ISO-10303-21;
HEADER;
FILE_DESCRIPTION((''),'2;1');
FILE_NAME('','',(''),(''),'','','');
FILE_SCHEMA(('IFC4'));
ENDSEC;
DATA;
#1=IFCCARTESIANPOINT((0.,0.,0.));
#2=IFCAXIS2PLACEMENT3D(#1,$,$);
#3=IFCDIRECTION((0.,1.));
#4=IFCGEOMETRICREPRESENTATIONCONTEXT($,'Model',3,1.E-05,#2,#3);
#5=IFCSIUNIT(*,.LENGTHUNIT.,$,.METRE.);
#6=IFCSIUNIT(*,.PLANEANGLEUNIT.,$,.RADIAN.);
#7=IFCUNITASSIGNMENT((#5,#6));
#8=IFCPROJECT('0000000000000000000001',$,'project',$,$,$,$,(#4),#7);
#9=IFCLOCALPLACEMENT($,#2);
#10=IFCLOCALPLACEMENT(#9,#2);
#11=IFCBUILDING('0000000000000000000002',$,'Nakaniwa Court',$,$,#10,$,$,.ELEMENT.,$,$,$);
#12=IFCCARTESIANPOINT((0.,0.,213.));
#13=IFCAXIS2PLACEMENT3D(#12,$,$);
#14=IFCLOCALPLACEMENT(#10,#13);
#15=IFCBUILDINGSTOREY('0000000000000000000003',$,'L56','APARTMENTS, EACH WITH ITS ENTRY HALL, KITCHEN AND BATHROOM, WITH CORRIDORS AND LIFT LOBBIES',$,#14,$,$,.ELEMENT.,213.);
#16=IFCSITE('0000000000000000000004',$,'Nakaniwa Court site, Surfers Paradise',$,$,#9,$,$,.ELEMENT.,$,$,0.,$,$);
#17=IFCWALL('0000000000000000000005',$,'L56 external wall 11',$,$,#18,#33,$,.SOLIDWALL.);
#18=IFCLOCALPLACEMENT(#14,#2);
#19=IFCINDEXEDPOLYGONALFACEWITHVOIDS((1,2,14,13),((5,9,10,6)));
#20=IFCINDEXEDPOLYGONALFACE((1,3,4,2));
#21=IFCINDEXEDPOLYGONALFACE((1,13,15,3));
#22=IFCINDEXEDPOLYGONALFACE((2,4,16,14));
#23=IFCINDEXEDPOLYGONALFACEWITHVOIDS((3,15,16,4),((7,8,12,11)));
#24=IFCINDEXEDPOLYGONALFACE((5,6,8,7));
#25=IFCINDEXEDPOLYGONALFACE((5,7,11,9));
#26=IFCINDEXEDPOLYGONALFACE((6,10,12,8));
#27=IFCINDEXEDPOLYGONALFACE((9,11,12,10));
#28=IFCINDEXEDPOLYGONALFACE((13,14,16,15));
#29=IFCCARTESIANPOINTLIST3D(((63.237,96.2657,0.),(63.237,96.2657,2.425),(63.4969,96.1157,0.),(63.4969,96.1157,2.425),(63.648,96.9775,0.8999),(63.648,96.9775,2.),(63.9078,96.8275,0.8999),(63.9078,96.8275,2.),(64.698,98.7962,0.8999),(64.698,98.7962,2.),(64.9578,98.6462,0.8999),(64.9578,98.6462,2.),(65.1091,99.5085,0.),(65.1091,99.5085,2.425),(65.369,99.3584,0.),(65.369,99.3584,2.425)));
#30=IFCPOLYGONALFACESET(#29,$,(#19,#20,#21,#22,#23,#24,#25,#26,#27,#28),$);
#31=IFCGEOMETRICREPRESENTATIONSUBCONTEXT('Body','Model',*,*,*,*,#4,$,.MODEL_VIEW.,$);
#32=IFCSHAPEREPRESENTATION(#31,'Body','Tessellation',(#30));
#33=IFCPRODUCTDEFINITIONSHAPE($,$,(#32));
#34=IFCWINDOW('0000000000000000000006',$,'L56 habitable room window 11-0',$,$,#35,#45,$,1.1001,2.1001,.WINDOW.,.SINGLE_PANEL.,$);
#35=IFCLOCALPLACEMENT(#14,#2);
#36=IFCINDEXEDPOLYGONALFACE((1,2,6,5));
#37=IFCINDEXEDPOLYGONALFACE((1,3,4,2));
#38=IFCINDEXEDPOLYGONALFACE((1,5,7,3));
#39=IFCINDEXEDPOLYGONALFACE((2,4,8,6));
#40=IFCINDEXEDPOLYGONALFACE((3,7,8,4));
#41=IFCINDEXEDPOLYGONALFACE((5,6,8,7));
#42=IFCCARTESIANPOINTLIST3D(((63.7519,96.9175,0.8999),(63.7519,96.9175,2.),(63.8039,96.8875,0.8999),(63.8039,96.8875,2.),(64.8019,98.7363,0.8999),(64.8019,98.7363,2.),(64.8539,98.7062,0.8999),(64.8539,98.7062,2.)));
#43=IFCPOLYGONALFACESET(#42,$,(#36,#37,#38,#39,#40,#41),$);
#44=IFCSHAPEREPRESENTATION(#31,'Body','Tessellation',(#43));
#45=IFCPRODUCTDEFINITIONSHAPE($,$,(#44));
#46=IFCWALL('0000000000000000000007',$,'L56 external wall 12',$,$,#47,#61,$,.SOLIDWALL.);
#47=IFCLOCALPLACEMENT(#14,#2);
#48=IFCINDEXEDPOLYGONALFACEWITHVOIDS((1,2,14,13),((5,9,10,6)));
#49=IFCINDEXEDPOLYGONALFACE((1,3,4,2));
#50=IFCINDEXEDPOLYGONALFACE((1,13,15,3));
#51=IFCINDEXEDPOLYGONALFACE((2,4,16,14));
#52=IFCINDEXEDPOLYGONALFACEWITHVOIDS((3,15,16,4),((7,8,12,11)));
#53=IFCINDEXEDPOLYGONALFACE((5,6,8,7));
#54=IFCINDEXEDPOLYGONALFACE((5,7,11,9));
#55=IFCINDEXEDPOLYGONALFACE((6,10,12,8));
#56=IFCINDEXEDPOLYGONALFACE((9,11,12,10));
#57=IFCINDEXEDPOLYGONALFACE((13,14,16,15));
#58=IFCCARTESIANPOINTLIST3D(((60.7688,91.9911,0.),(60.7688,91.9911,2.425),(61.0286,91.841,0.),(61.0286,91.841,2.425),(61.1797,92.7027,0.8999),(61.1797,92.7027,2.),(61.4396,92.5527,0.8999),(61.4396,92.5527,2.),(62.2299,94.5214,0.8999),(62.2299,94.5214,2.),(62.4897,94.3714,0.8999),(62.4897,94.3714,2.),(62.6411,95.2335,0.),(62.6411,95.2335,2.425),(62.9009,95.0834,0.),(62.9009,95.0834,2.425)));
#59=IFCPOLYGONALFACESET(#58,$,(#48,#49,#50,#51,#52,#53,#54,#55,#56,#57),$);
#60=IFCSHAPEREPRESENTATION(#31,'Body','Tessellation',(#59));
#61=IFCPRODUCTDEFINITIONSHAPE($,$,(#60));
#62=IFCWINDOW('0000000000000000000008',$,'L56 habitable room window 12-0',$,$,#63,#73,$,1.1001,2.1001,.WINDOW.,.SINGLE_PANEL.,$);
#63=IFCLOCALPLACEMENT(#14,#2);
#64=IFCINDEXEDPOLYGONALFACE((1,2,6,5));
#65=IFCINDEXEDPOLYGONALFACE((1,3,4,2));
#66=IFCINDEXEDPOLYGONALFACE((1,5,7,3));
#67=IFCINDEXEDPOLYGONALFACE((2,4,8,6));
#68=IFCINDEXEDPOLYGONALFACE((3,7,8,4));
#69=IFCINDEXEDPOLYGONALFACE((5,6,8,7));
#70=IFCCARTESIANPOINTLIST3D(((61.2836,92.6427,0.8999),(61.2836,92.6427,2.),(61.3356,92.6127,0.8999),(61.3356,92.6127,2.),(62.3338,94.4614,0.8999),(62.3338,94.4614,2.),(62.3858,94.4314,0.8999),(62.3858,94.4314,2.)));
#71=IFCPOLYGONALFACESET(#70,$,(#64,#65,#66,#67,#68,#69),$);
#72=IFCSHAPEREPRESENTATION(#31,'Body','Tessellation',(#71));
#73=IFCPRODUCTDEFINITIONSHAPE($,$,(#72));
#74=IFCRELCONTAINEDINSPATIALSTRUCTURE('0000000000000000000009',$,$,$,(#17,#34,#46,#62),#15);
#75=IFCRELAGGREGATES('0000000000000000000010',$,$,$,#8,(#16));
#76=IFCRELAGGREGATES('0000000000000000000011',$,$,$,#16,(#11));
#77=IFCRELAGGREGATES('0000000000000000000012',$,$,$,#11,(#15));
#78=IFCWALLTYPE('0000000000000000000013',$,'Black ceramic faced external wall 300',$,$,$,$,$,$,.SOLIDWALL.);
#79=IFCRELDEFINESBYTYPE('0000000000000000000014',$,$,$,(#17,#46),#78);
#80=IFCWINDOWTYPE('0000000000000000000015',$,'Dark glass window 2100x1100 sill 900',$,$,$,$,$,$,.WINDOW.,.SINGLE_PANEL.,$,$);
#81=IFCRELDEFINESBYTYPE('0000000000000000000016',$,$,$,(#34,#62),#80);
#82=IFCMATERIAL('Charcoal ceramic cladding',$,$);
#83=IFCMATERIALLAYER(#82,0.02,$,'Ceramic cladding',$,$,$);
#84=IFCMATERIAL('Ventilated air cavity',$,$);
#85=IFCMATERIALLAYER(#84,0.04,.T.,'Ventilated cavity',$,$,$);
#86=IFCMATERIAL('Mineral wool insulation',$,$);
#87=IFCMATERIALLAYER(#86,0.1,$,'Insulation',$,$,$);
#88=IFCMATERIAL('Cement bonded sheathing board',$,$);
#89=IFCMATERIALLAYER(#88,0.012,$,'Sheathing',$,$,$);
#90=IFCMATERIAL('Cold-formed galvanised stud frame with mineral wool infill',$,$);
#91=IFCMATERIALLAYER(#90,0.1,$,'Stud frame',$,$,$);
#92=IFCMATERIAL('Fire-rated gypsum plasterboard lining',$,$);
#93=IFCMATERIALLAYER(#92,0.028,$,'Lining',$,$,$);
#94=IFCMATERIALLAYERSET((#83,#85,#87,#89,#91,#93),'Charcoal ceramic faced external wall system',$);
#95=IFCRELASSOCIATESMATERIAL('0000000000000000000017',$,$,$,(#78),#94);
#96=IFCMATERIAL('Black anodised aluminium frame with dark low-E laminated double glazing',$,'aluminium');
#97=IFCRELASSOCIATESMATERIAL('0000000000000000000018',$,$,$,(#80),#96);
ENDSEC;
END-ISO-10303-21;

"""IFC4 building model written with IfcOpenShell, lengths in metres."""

from ifc_helpers import new_model, si_unit, direction, frame, frame_2d, origin, place, context, subcontext, project, spatial, rectangle, extrude, material, layer, layer_set, type_object, element, fill, save


model = new_model("IFC4")

# Units and contexts
model_context = context("Model", 3, precision=1e-05, world=origin(), true_north=direction((0.0, 1.0)))
body_context = subcontext(model_context, "Body", "Model", "MODEL_VIEW")
ifc_project = project(units=[si_unit("LENGTHUNIT", "METRE"), si_unit("PLANEANGLEUNIT", "RADIAN")], contexts=[model_context])

# Site, building, storey
site_placement = place(None, origin())
site = spatial("IfcSite", under=ifc_project, at=site_placement, Name="Nakaniwa Court site, Surfers Paradise", CompositionType="ELEMENT", RefElevation=0.0)
building_placement = place(site_placement, origin())
building = spatial("IfcBuilding", under=site, at=building_placement, Name="Nakaniwa Court", CompositionType="ELEMENT")
storey_placement = place(building_placement, frame((0.0, 0.0, 213.0)))
storey = spatial("IfcBuildingStorey", under=building, at=storey_placement, Name="L56", Description="APARTMENTS, EACH WITH ITS ENTRY HALL, KITCHEN AND BATHROOM, WITH CORRIDORS AND LIFT LOBBIES", CompositionType="ELEMENT", Elevation=213.0)

# Walls, openings, windows
ifc_material_1 = material(Name="Charcoal ceramic cladding")
ifc_layer_1 = layer(ifc_material_1, 0.02, Name="Ceramic cladding")
ifc_material_2 = material(Name="Ventilated air cavity")
ifc_layer_2 = layer(ifc_material_2, 0.04, ventilated=True, Name="Ventilated cavity")
ifc_material_3 = material(Name="Mineral wool insulation")
ifc_layer_3 = layer(ifc_material_3, 0.1, Name="Insulation")
ifc_material_4 = material(Name="Cement bonded sheathing board")
ifc_layer_4 = layer(ifc_material_4, 0.012, Name="Sheathing")
ifc_material_5 = material(Name="Cold-formed galvanised stud frame with mineral wool infill")
ifc_layer_5 = layer(ifc_material_5, 0.1, Name="Stud frame")
ifc_material_6 = material(Name="Fire-rated gypsum plasterboard lining")
ifc_layer_6 = layer(ifc_material_6, 0.028, Name="Lining")
ifc_layer_set_1 = layer_set([ifc_layer_1, ifc_layer_2, ifc_layer_3, ifc_layer_4, ifc_layer_5, ifc_layer_6], Name="Charcoal ceramic faced external wall system")
wall_type_1 = type_object("IfcWallType", Name="Black ceramic faced external wall 300", PredefinedType="SOLIDWALL", material=ifc_layer_set_1)
ifc_material_7 = material(Name="Black anodised aluminium frame with dark low-E laminated double glazing", Category="aluminium")
wall_1_placement = place(storey_placement, frame((65.239, 99.4333, 0.0), z_axis=(0.0, 0.0, 1.0), x_axis=(-0.499982, -0.866036, 0.0)))
wall_1 = element("IfcWall", 1, at=wall_1_placement, inside=storey, type_object=wall_type_1, Name="L56 external wall 11", PredefinedType="SOLIDWALL", context=body_context, shape_type="SweptSolid", body=[
    extrude(rectangle(XDim=3.7444, YDim=0.3, at=frame_2d((1.8721, 0.0))), origin(), (0.0, 0.0, 1.0), 2.425),
])
opening_1_placement = place(wall_1_placement, frame((0.8223, 0.0, 0.8999)))
opening_1 = element("IfcOpeningElement", 2, at=opening_1_placement, cuts=wall_1, PredefinedType="OPENING", context=body_context, shape_type="SweptSolid", body=[
    extrude(rectangle(XDim=2.1001, YDim=1.1001, at=frame_2d((1.05, 0.55))), frame((0.0, 0.1599, 0.0), z_axis=(0.0, -1.0, 0.0), x_axis=(1.0, 0.0, 0.0)), (0.0, 0.0, 1.0), 0.3201),
])
window_type_1 = type_object("IfcWindowType", Name="Dark glass window 2100x1100 sill 900", PartitioningType="SINGLE_PANEL", PredefinedType="WINDOW", material=ifc_material_7)
window_1_placement = place(opening_1_placement, origin())
window_1 = element("IfcWindow", 3, at=window_1_placement, inside=storey, type_object=window_type_1, Name="L56 habitable room window 11-0", OverallHeight=1.1001, OverallWidth=2.1001, PartitioningType="SINGLE_PANEL", PredefinedType="WINDOW", context=body_context, shape_type="SweptSolid", body=[
    extrude(rectangle(XDim=2.1001, YDim=1.1001, at=frame_2d((1.05, 0.55))), frame((0.0, 0.03, 0.0), z_axis=(0.0, -1.0, 0.0), x_axis=(1.0, 0.0, 0.0)), (0.0, 0.0, 1.0), 0.0601),
])
fill(opening_1, window_1)
wall_2_placement = place(storey_placement, frame((62.771, 95.1584, 0.0), z_axis=(0.0, 0.0, 1.0), x_axis=(-0.500059, -0.865991, 0.0)))
wall_2 = element("IfcWall", 4, at=wall_2_placement, inside=storey, type_object=wall_type_1, Name="L56 external wall 12", PredefinedType="SOLIDWALL", context=body_context, shape_type="SweptSolid", body=[
    extrude(rectangle(XDim=3.7441, YDim=0.3, at=frame_2d((1.8721, 0.0))), origin(), (0.0, 0.0, 1.0), 2.425),
])
opening_2_placement = place(wall_2_placement, frame((0.8223, 0.0, 0.8999)))
opening_2 = element("IfcOpeningElement", 5, at=opening_2_placement, cuts=wall_2, PredefinedType="OPENING", context=body_context, shape_type="SweptSolid", body=[
    extrude(rectangle(XDim=2.1001, YDim=1.1001, at=frame_2d((1.05, 0.55))), frame((0.0, 0.1599, 0.0), z_axis=(0.0, -1.0, 0.0), x_axis=(1.0, 0.0, 0.0)), (0.0, 0.0, 1.0), 0.3201),
])
window_2_placement = place(opening_2_placement, origin())
window_2 = element("IfcWindow", 6, at=window_2_placement, inside=storey, type_object=window_type_1, Name="L56 habitable room window 12-0", OverallHeight=1.1001, OverallWidth=2.1001, PartitioningType="SINGLE_PANEL", PredefinedType="WINDOW", context=body_context, shape_type="SweptSolid", body=[
    extrude(rectangle(XDim=2.1001, YDim=1.1001, at=frame_2d((1.05, 0.55))), frame((0.0, 0.03, 0.0), z_axis=(0.0, -1.0, 0.0), x_axis=(1.0, 0.0, 0.0)), (0.0, 0.0, 1.0), 0.0601),
])
fill(opening_2, window_2)

save(model, "model.ifc")
